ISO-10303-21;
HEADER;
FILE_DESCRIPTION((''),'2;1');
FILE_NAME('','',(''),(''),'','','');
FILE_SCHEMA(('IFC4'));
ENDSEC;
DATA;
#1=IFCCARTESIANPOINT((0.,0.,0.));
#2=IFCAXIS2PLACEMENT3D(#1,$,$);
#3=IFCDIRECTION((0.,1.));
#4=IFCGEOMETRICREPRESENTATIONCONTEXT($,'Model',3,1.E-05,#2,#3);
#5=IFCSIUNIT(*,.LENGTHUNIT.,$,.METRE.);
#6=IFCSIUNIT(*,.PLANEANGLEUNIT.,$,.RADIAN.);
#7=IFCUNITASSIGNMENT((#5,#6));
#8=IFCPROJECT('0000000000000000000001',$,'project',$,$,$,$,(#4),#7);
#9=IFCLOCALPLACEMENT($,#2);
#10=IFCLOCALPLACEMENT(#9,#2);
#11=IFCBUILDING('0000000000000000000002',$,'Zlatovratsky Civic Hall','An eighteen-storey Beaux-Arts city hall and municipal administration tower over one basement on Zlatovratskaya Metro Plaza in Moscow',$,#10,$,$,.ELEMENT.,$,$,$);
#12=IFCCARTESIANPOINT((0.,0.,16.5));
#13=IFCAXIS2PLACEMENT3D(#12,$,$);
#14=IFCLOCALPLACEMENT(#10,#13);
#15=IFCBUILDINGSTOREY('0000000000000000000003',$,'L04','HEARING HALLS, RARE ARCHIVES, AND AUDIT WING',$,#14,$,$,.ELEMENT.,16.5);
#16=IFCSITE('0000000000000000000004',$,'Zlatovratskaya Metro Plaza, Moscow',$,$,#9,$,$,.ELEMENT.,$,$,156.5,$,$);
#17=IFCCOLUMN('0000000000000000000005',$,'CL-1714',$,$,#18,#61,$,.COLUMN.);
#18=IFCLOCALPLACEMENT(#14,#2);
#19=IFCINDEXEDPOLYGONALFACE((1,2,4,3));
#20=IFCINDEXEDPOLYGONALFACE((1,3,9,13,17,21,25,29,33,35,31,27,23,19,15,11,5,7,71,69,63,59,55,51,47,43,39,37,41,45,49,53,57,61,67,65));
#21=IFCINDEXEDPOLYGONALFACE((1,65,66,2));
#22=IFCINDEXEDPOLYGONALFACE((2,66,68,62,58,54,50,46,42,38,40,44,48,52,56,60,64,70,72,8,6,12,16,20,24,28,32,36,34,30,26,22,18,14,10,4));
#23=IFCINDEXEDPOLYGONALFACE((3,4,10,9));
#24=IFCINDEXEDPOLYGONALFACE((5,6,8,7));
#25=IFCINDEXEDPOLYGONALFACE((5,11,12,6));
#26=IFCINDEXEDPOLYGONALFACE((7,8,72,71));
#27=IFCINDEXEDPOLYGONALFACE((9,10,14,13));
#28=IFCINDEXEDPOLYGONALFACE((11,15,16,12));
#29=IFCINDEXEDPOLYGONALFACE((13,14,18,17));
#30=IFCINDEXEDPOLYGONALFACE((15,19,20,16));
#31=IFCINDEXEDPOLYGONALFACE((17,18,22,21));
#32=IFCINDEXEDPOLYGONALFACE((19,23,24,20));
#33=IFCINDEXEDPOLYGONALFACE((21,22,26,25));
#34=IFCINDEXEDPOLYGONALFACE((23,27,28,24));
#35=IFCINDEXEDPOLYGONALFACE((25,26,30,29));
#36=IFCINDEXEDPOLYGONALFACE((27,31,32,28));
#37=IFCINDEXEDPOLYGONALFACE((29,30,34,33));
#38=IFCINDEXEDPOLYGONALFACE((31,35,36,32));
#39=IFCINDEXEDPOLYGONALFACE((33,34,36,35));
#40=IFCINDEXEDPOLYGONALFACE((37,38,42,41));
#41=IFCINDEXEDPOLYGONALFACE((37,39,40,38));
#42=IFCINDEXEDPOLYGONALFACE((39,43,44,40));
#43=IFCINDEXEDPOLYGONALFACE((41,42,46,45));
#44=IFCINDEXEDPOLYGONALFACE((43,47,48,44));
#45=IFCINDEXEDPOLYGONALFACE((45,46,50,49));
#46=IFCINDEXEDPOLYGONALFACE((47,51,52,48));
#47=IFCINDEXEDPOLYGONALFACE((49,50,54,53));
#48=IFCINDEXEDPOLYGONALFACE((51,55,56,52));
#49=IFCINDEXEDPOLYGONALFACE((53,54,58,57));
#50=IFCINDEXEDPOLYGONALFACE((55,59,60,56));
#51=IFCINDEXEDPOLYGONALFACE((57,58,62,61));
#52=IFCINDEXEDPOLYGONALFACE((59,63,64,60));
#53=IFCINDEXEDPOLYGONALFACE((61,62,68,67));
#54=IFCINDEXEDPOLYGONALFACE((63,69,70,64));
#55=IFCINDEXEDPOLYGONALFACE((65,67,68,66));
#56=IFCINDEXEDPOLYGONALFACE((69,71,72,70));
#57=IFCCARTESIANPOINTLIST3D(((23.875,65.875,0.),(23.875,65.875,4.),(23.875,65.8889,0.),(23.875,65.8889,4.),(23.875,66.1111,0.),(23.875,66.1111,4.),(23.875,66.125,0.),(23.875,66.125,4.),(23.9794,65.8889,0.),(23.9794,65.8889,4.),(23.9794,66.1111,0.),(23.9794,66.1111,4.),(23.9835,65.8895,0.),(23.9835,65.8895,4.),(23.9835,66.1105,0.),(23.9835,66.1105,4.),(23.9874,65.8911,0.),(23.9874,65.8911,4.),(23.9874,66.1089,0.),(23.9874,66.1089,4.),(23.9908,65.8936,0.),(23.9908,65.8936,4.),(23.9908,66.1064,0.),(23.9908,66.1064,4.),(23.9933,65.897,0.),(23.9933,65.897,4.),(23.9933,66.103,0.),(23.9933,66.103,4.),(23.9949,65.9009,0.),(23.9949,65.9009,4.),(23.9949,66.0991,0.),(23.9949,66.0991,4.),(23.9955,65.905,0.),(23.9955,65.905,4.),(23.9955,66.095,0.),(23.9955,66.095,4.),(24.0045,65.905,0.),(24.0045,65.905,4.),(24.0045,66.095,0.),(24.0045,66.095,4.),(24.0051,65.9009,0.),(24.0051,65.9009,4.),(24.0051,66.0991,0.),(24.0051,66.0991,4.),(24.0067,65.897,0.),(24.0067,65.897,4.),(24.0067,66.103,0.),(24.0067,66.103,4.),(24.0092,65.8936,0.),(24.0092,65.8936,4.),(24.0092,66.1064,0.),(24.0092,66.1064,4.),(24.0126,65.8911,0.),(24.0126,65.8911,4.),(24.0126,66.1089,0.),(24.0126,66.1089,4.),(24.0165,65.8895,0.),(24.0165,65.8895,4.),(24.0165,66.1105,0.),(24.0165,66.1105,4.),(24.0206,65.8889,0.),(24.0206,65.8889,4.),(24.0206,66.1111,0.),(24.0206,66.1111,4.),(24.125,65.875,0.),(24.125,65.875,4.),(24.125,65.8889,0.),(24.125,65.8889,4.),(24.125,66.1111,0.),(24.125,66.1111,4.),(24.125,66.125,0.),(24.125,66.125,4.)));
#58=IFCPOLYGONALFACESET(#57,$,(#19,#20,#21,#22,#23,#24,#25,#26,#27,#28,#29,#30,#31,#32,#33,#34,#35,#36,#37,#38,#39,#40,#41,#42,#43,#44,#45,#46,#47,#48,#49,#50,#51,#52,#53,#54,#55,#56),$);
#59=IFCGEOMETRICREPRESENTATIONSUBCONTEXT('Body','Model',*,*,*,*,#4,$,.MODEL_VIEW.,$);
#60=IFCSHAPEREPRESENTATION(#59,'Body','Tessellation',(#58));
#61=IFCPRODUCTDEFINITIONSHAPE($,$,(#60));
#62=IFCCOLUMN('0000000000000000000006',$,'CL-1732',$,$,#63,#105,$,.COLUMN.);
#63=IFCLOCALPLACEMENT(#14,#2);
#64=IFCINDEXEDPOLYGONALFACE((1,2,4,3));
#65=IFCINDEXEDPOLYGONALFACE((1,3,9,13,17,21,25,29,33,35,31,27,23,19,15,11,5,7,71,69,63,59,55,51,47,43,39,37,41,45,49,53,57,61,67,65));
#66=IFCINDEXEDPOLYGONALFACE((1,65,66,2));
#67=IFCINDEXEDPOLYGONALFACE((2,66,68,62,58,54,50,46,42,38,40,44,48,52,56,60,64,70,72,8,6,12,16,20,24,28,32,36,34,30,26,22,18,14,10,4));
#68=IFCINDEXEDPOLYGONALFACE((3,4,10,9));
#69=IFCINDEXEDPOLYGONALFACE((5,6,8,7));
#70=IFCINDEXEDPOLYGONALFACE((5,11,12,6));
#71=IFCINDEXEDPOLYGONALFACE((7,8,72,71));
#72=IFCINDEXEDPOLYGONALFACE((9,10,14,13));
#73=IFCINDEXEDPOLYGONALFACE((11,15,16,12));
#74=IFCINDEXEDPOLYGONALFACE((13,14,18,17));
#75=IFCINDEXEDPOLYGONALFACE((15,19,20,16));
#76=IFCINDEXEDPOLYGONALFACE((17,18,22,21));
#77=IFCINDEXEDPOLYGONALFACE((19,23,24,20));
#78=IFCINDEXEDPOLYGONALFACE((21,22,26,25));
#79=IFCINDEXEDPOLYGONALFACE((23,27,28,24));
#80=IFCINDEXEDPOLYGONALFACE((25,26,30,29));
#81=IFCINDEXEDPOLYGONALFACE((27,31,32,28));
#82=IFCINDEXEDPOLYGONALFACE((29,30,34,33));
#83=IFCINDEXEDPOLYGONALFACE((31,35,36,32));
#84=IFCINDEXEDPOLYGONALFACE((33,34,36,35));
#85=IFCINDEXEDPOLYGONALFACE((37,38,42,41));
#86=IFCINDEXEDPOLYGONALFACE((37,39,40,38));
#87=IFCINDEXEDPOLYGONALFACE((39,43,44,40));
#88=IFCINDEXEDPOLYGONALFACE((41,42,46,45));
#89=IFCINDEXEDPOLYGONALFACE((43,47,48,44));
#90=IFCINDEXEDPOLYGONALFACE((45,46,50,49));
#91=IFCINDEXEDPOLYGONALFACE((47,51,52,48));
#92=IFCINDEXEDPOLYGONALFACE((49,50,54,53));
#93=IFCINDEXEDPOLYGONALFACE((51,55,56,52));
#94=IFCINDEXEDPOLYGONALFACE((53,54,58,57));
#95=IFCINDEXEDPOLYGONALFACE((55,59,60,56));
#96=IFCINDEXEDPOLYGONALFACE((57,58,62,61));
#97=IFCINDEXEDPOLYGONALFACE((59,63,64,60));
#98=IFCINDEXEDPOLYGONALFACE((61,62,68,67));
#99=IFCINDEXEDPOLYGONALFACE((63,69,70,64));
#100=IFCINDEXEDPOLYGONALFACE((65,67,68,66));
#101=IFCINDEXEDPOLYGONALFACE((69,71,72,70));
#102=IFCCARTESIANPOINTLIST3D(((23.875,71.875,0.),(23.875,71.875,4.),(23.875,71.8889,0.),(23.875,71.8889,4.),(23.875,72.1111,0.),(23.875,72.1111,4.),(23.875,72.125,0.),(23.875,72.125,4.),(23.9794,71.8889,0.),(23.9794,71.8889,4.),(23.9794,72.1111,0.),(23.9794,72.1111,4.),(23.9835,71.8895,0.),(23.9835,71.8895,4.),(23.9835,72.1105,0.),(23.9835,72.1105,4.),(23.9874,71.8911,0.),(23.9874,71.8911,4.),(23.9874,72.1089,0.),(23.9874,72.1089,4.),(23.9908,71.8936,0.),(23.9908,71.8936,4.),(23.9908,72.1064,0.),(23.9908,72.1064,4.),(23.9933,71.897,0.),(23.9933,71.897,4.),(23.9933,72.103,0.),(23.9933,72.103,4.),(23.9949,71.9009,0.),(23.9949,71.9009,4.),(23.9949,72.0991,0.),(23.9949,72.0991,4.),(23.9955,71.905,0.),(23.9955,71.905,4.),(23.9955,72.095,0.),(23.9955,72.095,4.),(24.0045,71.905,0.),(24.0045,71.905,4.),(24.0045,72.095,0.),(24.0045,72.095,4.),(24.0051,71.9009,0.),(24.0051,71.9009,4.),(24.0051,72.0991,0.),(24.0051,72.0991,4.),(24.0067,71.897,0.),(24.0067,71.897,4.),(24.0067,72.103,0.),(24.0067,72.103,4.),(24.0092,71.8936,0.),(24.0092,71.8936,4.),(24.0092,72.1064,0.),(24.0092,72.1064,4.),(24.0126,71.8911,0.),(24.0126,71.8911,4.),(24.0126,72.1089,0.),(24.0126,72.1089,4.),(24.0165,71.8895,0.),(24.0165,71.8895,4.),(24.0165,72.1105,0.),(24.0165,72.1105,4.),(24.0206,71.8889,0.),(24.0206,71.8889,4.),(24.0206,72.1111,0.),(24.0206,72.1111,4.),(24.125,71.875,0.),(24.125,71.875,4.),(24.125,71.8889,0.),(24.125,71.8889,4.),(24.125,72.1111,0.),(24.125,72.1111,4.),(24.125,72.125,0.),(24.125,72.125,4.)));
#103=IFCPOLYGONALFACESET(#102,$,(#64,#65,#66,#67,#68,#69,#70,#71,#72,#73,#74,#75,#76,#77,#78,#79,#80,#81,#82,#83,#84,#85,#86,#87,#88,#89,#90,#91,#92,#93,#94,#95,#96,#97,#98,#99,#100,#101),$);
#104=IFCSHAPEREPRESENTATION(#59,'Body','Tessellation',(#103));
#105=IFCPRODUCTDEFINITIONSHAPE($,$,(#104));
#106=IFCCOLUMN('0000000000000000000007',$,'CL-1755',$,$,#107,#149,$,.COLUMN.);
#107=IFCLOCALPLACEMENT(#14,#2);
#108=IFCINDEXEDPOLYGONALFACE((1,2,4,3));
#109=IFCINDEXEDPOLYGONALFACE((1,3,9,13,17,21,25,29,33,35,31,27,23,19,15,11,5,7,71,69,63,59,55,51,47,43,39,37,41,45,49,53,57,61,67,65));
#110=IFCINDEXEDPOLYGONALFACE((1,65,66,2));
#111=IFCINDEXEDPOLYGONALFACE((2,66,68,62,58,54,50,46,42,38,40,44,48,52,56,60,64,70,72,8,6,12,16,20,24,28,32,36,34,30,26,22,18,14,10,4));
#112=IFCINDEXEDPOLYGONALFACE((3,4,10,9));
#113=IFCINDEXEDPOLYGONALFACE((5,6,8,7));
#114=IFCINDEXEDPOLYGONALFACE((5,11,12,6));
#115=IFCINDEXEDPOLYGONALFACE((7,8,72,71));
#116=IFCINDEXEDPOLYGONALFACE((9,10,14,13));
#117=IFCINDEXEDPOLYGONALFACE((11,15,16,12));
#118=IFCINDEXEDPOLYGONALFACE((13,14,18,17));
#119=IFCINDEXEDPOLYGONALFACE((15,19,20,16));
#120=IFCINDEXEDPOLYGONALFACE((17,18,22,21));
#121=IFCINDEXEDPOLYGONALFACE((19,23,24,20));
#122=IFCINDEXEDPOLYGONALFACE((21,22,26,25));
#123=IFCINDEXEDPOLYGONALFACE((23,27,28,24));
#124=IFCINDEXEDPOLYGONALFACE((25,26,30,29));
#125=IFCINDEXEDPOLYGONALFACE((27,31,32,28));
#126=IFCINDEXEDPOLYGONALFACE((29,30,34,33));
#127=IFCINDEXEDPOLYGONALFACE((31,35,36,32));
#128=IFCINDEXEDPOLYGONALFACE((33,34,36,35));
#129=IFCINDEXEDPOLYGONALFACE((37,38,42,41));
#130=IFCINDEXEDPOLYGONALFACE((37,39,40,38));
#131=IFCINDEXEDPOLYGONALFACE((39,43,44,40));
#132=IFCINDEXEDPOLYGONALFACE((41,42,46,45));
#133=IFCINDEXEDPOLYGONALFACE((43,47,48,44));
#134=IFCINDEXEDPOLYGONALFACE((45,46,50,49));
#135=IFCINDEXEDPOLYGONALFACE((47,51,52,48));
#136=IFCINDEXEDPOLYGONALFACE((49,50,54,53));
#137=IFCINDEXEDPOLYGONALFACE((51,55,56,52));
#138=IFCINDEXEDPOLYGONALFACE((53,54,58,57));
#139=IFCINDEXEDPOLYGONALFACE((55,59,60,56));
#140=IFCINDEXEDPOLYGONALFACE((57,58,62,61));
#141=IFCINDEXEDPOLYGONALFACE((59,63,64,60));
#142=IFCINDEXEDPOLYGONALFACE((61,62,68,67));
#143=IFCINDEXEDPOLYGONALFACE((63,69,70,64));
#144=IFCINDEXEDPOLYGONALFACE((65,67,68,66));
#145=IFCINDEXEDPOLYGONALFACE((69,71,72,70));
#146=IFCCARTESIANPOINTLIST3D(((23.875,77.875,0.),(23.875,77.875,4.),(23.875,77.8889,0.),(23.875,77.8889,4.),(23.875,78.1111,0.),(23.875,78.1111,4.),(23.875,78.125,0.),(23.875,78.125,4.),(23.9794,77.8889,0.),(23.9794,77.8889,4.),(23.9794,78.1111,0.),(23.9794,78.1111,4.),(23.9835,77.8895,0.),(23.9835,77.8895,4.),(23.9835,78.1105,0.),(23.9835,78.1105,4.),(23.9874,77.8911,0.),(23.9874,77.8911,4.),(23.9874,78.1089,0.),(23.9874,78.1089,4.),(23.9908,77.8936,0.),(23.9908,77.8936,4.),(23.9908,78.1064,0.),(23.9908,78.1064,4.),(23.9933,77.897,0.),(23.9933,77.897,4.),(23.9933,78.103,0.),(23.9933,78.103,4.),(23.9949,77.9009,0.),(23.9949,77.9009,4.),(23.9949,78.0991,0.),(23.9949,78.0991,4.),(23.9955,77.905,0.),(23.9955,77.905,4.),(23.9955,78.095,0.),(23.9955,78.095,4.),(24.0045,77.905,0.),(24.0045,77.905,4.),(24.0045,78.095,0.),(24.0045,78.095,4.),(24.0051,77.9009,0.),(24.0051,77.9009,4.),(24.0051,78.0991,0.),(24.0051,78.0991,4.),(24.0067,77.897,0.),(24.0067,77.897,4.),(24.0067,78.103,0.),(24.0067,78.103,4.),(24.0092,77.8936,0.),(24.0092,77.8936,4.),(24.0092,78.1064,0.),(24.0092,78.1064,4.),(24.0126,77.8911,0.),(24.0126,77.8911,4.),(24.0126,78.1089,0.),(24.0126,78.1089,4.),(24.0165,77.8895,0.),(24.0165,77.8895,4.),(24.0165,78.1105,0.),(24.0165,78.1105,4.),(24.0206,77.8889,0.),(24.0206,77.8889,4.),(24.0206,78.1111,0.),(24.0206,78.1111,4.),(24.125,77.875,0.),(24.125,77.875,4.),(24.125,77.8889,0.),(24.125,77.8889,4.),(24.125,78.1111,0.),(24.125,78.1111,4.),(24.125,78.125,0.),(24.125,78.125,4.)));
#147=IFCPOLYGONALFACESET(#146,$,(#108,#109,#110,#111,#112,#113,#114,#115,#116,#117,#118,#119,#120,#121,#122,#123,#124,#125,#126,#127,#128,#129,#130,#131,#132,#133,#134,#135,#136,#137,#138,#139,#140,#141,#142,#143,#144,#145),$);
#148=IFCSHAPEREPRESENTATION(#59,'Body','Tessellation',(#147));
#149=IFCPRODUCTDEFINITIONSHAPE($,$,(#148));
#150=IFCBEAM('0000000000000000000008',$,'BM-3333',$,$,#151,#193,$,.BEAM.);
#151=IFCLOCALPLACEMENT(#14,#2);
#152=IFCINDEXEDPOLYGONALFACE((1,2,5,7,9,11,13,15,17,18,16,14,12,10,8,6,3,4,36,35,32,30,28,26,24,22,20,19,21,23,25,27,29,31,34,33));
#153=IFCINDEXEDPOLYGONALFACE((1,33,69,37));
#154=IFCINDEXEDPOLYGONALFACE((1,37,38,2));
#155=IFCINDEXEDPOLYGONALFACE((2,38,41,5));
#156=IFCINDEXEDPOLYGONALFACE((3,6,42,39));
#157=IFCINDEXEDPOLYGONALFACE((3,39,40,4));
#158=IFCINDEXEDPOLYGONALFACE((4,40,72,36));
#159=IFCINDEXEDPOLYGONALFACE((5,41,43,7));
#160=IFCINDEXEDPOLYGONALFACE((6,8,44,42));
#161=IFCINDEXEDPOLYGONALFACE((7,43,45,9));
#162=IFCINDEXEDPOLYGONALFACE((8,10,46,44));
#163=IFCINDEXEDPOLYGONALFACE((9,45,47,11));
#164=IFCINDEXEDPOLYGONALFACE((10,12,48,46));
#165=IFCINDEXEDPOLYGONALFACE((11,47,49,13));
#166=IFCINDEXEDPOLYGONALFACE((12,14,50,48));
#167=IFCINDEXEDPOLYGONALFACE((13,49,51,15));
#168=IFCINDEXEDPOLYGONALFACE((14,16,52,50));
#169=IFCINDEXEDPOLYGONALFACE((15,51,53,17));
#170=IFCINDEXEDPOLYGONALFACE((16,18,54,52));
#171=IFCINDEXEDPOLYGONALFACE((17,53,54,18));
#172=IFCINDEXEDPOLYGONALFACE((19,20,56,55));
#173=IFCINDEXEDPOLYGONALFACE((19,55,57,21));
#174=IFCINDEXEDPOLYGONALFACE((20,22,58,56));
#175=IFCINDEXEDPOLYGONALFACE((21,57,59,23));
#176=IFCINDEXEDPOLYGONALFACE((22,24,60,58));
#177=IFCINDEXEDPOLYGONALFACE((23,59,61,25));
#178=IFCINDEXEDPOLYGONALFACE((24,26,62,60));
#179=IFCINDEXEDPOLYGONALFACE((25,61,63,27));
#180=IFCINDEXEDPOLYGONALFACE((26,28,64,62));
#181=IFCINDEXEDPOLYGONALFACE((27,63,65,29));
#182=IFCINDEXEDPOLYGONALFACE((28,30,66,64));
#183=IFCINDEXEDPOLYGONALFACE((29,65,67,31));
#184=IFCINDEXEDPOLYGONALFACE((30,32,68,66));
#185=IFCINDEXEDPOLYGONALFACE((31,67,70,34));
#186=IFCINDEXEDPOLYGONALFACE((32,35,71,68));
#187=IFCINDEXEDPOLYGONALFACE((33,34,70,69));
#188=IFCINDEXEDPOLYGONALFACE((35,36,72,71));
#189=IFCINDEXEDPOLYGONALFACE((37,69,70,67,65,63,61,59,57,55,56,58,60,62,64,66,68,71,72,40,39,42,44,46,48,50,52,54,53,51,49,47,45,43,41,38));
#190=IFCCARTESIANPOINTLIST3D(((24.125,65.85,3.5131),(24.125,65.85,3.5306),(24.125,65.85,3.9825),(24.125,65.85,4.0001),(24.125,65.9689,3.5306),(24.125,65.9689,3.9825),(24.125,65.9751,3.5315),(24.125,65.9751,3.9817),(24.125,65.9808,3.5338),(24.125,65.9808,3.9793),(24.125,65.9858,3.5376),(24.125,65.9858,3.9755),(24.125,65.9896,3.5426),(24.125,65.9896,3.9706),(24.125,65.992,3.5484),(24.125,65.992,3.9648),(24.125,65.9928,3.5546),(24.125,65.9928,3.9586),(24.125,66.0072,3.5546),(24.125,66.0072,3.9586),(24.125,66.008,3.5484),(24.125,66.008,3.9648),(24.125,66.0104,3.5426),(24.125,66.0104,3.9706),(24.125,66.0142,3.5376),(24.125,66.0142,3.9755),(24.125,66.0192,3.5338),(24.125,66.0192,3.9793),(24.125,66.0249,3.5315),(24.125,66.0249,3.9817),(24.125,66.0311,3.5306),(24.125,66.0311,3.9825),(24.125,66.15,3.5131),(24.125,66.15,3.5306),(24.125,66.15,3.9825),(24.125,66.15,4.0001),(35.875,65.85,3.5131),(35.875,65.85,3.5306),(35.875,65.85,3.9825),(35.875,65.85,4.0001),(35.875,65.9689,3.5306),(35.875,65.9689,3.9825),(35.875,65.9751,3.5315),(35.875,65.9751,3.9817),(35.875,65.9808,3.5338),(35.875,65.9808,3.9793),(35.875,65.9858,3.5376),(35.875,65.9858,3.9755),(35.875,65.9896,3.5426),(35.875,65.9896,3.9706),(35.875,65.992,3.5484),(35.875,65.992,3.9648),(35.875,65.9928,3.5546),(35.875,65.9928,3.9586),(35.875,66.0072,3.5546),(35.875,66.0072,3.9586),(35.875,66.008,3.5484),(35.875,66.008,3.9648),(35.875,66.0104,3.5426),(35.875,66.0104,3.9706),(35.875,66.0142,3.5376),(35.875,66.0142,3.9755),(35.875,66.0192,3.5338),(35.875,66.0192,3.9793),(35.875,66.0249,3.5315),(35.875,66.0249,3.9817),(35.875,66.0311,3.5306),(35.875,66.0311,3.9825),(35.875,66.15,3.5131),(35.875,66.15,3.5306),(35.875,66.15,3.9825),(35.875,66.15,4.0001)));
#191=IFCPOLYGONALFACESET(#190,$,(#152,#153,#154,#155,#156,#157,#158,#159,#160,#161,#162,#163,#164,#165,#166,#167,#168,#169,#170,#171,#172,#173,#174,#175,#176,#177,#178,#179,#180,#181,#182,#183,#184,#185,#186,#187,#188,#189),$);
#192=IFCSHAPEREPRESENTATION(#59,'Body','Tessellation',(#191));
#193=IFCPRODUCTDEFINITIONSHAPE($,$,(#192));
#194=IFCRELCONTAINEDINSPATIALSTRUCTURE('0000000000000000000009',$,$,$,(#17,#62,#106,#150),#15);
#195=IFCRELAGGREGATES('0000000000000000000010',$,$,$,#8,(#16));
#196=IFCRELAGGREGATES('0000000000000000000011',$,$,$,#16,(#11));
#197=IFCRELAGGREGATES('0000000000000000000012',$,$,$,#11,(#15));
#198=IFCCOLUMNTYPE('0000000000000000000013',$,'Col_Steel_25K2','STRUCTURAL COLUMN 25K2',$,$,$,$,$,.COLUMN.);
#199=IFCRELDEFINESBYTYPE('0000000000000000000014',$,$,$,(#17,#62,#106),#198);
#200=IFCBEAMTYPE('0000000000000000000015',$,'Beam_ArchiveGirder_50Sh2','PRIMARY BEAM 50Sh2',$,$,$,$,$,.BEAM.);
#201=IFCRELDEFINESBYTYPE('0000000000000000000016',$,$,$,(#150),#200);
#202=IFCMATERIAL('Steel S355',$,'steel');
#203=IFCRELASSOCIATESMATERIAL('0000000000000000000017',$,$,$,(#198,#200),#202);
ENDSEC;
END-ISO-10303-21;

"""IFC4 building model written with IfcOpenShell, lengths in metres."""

from ifc_helpers import new_model, si_unit, direction, frame, origin, origin_2d, place, context, subcontext, project, spatial, i_section, extrude, material, material_profile, profile_set, type_object, element, save


model = new_model("IFC4")

# Units and contexts
model_context = context("Model", 3, precision=1e-05, world=origin(), true_north=direction((0.0, 1.0)))
body_context = subcontext(model_context, "Body", "Model", "MODEL_VIEW")
ifc_project = project(units=[si_unit("LENGTHUNIT", "METRE"), si_unit("PLANEANGLEUNIT", "RADIAN")], contexts=[model_context])

# Site, building, storey
site_placement = place(None, origin())
site = spatial("IfcSite", under=ifc_project, at=site_placement, Name="Zlatovratskaya Metro Plaza, Moscow", CompositionType="ELEMENT", RefElevation=156.5)
building_placement = place(site_placement, origin())
building = spatial("IfcBuilding", under=site, at=building_placement, Name="Zlatovratsky Civic Hall", Description="An eighteen-storey Beaux-Arts city hall and municipal administration tower over one basement on Zlatovratskaya Metro Plaza in Moscow", CompositionType="ELEMENT")
storey_placement = place(building_placement, frame((0.0, 0.0, 16.5)))
storey = spatial("IfcBuildingStorey", under=building, at=storey_placement, Name="L04", Description="HEARING HALLS, RARE ARCHIVES, AND AUDIT WING", CompositionType="ELEMENT", Elevation=16.5)

# Columns
ifc_material_1 = material(Name="Steel S355", Category="steel")
ifc_material_profile_1 = material_profile(ifc_material_1, i_section(OverallWidth=0.25, OverallDepth=0.25, WebThickness=0.009, FlangeThickness=0.0139, FilletRadius=0.0161, at=origin_2d()), Name="25K2")
ifc_profile_set_1 = profile_set([ifc_material_profile_1], Name="Steel S355")
column_type = type_object("IfcColumnType", Name="Col_Steel_25K2", Description="STRUCTURAL COLUMN 25K2", PredefinedType="COLUMN", material=ifc_profile_set_1)
for number, where, z_axis, x_axis, name in (
    (1, (24.0, 66.0, 0.0), (0.0, 0.0, 1.0), (1.0, 0.0, 0.0), "CL-1714"),
    (2, (24.0, 72.0, 0.0), (0.0, 0.0, 1.0), (1.0, 0.0, 0.0), "CL-1732"),
    (3, (24.0, 78.0, 0.0), (0.0, 0.0, 1.0), (1.0, 0.0, 0.0), "CL-1755"),
):
    element("IfcColumn", number, at=place(storey_placement, frame(where, z_axis=z_axis, x_axis=x_axis)), inside=storey, type_object=column_type, Name=name, PredefinedType="COLUMN", context=body_context, shape_type="SweptSolid", body=[
        extrude(i_section(OverallWidth=0.25, OverallDepth=0.25, WebThickness=0.009, FlangeThickness=0.0139, FilletRadius=0.0161, at=origin_2d()), origin(), (0.0, 0.0, 1.0), 4.0),
    ])

# Beam
ifc_material_profile_2 = material_profile(ifc_material_1, i_section(OverallWidth=0.3, OverallDepth=0.4871, WebThickness=0.0144, FlangeThickness=0.0176, FilletRadius=0.0239, at=origin_2d()), Name="50Sh2")
ifc_profile_set_2 = profile_set([ifc_material_profile_2], Name="Steel S355")
beam_type_1 = type_object("IfcBeamType", Name="Beam_ArchiveGirder_50Sh2", Description="PRIMARY BEAM 50Sh2", PredefinedType="BEAM", material=ifc_profile_set_2)
for number, where, z_axis, x_axis, name in (
    (4, (24.125, 66.0, 3.7566), (1.0, 0.0, 0.0), (0.0, 1.0, 0.0), "BM-3333"),
):
    element("IfcBeam", number, at=place(storey_placement, frame(where, z_axis=z_axis, x_axis=x_axis)), inside=storey, type_object=beam_type_1, Name=name, PredefinedType="BEAM", context=body_context, shape_type="SweptSolid", body=[
        extrude(i_section(OverallWidth=0.3, OverallDepth=0.4871, WebThickness=0.0144, FlangeThickness=0.0176, FilletRadius=0.0239, at=origin_2d()), origin(), (0.0, 0.0, 1.0), 11.75),
    ])

save(model, "model.ifc")
